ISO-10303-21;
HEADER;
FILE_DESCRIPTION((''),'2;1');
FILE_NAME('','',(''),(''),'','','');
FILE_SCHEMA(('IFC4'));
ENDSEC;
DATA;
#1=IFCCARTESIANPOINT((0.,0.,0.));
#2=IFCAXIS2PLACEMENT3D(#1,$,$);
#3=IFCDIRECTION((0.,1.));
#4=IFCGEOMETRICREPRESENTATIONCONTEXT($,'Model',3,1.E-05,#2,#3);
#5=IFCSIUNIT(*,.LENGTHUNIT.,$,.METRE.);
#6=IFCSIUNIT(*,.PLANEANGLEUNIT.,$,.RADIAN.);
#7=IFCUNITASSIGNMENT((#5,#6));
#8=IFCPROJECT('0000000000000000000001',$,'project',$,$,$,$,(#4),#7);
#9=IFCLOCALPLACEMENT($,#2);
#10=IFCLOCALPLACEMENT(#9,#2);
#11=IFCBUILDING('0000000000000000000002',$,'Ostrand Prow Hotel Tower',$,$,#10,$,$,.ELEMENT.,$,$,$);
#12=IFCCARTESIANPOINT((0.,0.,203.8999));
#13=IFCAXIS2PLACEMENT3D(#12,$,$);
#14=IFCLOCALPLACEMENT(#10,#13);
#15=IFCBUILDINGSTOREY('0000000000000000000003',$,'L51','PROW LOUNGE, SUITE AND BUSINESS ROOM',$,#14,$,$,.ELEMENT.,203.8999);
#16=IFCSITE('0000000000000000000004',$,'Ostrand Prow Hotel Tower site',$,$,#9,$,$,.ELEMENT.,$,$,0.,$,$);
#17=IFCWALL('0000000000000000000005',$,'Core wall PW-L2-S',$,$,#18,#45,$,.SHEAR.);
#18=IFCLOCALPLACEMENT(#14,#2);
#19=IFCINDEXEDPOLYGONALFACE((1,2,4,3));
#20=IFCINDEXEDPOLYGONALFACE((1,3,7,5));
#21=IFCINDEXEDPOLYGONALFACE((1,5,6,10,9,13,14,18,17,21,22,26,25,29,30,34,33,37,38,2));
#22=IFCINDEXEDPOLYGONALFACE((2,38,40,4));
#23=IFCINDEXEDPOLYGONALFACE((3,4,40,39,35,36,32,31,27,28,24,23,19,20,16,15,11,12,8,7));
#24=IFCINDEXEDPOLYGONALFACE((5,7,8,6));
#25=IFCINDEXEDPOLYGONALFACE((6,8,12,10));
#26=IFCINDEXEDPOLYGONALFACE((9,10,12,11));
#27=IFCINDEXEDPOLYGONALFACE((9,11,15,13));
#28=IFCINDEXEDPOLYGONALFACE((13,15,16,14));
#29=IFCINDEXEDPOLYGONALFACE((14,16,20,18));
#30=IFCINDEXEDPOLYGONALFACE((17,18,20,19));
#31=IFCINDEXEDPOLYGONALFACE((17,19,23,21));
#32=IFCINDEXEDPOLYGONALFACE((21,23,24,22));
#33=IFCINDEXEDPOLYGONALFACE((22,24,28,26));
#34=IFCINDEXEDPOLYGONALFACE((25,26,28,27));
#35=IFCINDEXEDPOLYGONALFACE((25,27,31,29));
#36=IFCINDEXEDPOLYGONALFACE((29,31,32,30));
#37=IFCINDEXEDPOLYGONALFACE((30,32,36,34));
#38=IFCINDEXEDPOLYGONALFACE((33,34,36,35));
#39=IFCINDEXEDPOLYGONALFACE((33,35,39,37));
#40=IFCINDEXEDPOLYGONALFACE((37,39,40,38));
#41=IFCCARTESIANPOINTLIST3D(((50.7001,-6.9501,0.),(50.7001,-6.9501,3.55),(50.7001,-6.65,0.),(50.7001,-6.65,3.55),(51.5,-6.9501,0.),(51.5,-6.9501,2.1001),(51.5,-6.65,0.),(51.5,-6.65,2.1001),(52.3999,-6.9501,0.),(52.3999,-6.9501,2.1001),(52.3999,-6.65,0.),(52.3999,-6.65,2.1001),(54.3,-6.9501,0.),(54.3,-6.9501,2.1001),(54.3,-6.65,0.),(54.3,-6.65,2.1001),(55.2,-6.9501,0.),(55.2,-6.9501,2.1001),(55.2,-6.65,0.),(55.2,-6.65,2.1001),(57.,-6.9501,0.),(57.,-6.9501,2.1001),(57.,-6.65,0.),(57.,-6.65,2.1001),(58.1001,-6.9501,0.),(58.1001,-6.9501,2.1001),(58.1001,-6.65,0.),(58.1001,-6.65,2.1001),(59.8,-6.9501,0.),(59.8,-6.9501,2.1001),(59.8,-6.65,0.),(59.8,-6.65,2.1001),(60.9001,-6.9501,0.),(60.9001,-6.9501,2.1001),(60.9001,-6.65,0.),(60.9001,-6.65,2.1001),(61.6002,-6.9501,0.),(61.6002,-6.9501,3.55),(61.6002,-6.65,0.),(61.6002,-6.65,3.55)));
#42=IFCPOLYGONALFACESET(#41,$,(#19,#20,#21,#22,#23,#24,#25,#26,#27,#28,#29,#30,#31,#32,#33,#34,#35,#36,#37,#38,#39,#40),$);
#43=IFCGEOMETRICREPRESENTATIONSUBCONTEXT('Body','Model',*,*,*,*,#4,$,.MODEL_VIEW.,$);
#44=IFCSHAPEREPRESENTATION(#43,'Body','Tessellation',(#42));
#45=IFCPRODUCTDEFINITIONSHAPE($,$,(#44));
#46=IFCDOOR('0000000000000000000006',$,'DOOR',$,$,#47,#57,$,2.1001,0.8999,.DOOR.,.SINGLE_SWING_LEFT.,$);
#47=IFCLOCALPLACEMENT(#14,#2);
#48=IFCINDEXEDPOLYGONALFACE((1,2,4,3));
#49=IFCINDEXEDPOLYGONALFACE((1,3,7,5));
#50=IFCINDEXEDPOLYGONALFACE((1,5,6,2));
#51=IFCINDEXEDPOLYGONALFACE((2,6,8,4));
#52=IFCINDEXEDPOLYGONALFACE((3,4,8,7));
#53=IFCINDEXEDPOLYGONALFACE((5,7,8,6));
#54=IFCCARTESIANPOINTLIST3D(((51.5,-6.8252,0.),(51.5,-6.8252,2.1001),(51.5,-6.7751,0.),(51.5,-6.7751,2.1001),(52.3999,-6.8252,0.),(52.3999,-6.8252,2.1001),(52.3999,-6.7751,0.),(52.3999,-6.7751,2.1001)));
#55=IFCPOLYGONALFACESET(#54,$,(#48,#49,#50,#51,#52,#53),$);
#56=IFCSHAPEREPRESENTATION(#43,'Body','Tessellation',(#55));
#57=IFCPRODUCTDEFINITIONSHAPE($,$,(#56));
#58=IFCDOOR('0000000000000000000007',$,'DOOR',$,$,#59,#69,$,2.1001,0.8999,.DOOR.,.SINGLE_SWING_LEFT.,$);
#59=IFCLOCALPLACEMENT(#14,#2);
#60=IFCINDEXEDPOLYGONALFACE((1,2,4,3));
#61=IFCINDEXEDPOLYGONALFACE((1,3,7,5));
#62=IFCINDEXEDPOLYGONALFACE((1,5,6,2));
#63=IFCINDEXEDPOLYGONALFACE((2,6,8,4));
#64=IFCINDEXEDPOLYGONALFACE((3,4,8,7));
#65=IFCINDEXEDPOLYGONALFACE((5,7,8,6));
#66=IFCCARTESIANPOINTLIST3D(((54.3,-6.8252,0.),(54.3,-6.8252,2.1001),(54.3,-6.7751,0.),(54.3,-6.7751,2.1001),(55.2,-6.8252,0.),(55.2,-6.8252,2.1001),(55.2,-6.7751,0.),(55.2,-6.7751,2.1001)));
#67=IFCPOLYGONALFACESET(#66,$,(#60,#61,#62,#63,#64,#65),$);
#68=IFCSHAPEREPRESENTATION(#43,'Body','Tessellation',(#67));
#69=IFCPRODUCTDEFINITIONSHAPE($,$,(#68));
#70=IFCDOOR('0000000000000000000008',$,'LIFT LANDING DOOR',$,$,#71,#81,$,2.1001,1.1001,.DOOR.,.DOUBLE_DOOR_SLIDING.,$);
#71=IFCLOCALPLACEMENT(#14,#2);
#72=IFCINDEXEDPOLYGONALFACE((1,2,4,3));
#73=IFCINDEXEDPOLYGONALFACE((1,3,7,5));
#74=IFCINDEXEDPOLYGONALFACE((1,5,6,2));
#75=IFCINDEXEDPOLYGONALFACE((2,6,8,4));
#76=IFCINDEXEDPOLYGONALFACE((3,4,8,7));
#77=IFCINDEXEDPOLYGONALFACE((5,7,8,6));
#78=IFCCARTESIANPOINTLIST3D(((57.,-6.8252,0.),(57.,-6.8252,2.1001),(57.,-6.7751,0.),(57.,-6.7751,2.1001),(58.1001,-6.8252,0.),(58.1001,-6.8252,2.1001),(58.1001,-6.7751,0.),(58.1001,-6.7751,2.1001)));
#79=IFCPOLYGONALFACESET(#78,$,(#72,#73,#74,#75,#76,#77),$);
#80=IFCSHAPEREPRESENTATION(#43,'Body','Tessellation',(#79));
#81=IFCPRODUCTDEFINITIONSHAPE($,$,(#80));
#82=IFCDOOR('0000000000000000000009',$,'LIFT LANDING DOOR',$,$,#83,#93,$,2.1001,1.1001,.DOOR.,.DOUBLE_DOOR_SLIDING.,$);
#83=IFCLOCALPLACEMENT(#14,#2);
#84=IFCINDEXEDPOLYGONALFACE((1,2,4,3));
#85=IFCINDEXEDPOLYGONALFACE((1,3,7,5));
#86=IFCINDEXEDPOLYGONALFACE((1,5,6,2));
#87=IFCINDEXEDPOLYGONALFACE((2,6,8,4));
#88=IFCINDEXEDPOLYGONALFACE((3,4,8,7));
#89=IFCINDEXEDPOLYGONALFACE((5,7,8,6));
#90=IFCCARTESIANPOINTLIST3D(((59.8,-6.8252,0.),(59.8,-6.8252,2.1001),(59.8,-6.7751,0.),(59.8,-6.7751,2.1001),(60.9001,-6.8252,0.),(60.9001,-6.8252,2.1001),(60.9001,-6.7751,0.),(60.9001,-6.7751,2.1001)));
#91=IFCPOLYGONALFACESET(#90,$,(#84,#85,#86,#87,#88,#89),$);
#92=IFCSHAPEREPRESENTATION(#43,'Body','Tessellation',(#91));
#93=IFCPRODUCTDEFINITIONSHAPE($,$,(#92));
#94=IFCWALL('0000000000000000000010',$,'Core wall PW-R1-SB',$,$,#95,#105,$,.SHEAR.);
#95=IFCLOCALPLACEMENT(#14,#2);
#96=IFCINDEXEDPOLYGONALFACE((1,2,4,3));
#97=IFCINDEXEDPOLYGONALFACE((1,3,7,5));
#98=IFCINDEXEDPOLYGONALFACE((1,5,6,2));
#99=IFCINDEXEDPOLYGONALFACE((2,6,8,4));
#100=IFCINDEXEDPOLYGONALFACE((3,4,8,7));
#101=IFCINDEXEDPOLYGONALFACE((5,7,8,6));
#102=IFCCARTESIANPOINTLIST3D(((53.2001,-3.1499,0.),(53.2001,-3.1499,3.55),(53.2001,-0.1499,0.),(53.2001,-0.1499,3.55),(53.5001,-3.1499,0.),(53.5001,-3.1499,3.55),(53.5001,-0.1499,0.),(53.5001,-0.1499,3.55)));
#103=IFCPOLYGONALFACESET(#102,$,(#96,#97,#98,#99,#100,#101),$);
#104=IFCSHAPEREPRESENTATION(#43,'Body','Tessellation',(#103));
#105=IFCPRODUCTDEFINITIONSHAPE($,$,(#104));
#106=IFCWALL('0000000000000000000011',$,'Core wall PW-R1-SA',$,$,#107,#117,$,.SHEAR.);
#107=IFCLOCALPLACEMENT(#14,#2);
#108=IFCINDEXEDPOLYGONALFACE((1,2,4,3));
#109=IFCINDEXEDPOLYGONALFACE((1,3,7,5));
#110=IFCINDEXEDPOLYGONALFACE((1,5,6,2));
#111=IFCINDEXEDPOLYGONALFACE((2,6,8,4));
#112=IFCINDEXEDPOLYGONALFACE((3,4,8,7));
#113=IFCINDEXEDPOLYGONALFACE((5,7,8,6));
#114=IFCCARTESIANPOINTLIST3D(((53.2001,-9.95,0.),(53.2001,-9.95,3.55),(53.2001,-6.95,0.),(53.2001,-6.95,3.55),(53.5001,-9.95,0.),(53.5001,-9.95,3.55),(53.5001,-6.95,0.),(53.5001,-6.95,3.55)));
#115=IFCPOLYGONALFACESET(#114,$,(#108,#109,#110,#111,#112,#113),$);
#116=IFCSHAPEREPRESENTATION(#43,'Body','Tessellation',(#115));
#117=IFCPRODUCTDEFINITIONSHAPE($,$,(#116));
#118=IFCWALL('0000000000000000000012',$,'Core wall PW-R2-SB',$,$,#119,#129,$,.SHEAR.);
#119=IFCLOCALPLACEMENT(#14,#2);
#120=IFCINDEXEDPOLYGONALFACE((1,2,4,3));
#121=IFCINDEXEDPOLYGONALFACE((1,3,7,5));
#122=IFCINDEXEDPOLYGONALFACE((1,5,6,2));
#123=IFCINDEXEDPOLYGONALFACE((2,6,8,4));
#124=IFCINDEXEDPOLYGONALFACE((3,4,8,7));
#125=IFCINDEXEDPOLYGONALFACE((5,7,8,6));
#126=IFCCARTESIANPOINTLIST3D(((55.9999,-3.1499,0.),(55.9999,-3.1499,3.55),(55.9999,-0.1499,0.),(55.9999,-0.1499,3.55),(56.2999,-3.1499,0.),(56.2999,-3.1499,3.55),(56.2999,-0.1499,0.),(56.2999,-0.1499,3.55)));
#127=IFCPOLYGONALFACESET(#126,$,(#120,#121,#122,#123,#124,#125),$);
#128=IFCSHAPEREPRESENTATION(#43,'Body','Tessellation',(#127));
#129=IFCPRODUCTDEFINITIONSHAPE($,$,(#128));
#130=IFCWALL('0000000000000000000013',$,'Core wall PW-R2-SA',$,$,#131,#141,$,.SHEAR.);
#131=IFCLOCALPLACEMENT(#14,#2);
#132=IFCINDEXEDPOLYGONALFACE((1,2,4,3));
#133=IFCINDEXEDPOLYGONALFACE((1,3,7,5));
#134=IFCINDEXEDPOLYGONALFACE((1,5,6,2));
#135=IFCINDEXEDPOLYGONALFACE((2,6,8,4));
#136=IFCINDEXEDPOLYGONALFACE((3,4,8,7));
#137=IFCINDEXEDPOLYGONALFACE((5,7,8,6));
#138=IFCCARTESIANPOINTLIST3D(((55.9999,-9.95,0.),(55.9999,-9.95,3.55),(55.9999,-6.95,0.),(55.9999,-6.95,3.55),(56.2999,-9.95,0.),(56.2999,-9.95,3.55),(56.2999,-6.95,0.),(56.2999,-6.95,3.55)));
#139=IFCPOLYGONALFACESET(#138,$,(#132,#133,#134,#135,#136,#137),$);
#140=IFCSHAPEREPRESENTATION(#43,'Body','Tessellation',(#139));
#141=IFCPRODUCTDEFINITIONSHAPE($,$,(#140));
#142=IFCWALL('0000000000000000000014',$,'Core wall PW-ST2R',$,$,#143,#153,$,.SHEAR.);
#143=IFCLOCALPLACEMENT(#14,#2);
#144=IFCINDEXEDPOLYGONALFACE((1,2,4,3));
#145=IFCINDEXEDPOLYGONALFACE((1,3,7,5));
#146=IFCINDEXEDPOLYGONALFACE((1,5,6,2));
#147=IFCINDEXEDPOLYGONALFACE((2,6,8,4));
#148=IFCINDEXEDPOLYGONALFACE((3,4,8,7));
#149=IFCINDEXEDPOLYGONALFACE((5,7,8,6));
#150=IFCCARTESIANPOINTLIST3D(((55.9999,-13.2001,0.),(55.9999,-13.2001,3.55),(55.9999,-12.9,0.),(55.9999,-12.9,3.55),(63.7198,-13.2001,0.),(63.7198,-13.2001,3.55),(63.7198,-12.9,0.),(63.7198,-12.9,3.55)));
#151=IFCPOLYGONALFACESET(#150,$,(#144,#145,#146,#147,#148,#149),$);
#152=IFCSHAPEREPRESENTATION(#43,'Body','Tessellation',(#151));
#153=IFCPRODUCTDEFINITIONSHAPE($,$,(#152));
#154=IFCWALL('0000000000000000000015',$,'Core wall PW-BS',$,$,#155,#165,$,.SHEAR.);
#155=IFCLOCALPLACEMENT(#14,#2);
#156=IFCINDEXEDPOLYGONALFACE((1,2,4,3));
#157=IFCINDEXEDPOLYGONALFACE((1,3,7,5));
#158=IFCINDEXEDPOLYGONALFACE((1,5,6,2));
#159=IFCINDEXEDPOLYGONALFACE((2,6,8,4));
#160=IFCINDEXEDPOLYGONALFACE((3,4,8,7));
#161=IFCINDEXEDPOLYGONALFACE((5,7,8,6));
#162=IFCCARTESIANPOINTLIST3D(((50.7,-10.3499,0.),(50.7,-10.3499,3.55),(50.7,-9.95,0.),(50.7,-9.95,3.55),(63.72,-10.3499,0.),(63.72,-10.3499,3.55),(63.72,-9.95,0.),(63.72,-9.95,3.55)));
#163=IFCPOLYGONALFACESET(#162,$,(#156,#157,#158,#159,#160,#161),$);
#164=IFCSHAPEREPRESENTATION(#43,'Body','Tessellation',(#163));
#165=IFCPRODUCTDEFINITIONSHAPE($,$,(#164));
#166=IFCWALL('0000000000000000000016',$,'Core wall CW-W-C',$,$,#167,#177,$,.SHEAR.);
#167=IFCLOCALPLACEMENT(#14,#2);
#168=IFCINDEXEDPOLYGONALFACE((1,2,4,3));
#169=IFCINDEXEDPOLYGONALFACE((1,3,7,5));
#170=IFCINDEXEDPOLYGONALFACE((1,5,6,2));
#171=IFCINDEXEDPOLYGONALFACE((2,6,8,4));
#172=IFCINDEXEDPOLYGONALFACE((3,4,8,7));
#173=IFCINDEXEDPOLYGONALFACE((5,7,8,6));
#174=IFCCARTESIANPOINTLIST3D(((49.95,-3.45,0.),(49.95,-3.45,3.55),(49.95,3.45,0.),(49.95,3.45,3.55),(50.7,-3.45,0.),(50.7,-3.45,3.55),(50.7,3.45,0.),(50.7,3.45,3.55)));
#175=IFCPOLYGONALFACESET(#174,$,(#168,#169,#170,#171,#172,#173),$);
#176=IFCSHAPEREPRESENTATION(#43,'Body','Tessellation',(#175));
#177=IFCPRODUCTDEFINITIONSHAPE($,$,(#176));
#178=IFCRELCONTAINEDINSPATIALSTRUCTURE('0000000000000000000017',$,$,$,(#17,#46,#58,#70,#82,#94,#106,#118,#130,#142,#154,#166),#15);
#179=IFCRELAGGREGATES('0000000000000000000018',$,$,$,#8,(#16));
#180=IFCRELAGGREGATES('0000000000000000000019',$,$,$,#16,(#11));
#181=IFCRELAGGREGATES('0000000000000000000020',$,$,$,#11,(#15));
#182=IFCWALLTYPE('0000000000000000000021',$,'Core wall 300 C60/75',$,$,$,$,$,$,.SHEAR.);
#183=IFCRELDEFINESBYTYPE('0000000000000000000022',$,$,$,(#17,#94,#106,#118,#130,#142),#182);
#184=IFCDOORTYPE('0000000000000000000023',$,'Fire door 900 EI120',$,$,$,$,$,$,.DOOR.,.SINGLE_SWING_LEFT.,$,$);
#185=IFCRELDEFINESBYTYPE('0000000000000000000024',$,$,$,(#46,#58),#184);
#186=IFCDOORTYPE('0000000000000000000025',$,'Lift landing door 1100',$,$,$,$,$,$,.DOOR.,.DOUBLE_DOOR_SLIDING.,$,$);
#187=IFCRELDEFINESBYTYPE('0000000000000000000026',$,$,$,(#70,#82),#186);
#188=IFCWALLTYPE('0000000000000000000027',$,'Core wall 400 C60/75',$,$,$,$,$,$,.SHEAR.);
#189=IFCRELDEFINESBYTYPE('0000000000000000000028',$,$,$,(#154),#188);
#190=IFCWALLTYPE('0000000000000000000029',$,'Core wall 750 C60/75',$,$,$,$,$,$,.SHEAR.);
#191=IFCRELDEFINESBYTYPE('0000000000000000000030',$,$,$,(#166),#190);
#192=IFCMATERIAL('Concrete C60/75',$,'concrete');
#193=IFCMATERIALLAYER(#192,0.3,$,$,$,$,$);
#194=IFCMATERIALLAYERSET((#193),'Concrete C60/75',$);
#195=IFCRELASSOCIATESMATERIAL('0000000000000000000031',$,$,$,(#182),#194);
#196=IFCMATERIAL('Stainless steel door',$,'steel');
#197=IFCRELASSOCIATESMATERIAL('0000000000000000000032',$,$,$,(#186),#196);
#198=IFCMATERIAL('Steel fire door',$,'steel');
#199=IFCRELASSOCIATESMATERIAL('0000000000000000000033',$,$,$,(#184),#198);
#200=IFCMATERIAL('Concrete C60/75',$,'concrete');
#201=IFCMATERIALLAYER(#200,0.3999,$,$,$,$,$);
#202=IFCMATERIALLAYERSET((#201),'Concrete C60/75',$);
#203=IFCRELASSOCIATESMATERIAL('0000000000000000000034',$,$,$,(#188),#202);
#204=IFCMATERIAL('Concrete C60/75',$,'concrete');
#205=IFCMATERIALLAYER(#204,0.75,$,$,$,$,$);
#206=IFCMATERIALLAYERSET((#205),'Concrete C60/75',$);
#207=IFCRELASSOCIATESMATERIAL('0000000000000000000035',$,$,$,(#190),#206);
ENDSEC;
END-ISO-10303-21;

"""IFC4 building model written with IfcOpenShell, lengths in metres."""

from ifc_helpers import new_model, si_unit, direction, frame, frame_2d, origin, place, context, subcontext, project, spatial, rectangle, extrude, material, layer, layer_set, type_object, element, fill, save


model = new_model("IFC4")

# Units and contexts
model_context = context("Model", 3, precision=1e-05, world=origin(), true_north=direction((0.0, 1.0)))
body_context = subcontext(model_context, "Body", "Model", "MODEL_VIEW")
ifc_project = project(units=[si_unit("LENGTHUNIT", "METRE"), si_unit("PLANEANGLEUNIT", "RADIAN")], contexts=[model_context])

# Site, building, storey
site_placement = place(None, origin())
site = spatial("IfcSite", under=ifc_project, at=site_placement, Name="Ostrand Prow Hotel Tower site", CompositionType="ELEMENT", RefElevation=0.0)
building_placement = place(site_placement, origin())
building = spatial("IfcBuilding", under=site, at=building_placement, Name="Ostrand Prow Hotel Tower", CompositionType="ELEMENT")
storey_placement = place(building_placement, frame((0.0, 0.0, 203.8999)))
storey = spatial("IfcBuildingStorey", under=building, at=storey_placement, Name="L51", Description="PROW LOUNGE, SUITE AND BUSINESS ROOM", CompositionType="ELEMENT", Elevation=203.8999)

# Shared definitions
ifc_material_1 = material(Name="Concrete C60/75", Category="concrete")
ifc_layer_1 = layer(ifc_material_1, 0.3)
ifc_layer_set_1 = layer_set([ifc_layer_1], Name="Concrete C60/75")
wall_type_1 = type_object("IfcWallType", Name="Core wall 300 C60/75", PredefinedType="SHEAR", material=ifc_layer_set_1)

# Shared definitions
ifc_material_2 = material(Name="Stainless steel door", Category="steel")
door_type_1 = type_object("IfcDoorType", Name="Lift landing door 1100", OperationType="DOUBLE_DOOR_SLIDING", PredefinedType="DOOR", material=ifc_material_2)

# Wall, openings, doors
wall_1_placement = place(storey_placement, frame((50.7, -6.8, 0.0), z_axis=(0.0, 0.0, 1.0), x_axis=(1.0, 0.0, 0.0)))
wall_1 = element("IfcWall", 1, at=wall_1_placement, inside=storey, type_object=wall_type_1, Name="Core wall PW-L2-S", PredefinedType="SHEAR", context=body_context, shape_type="SweptSolid", body=[
    extrude(rectangle(XDim=10.9001, YDim=0.3, at=frame_2d((5.4502, 0.0))), origin(), (0.0, 0.0, 1.0), 3.55),
])
opening_1_placement = place(wall_1_placement, frame((6.3, 0.0, 0.0)))
opening_1 = element("IfcOpeningElement", 2, at=opening_1_placement, cuts=wall_1, PredefinedType="OPENING", context=body_context, shape_type="SweptSolid", body=[
    extrude(rectangle(XDim=1.1001, YDim=2.1001, at=frame_2d((0.55, 1.05))), frame((0.0, 0.1599, 0.0), z_axis=(0.0, -1.0, 0.0), x_axis=(1.0, 0.0, 0.0)), (0.0, 0.0, 1.0), 0.3201),
])
opening_2_placement = place(wall_1_placement, frame((9.1001, 0.0, 0.0)))
opening_2 = element("IfcOpeningElement", 3, at=opening_2_placement, cuts=wall_1, PredefinedType="OPENING", context=body_context, shape_type="SweptSolid", body=[
    extrude(rectangle(XDim=1.1001, YDim=2.1001, at=frame_2d((0.55, 1.05))), frame((0.0, 0.1599, 0.0), z_axis=(0.0, -1.0, 0.0), x_axis=(1.0, 0.0, 0.0)), (0.0, 0.0, 1.0), 0.3201),
])
opening_3_placement = place(wall_1_placement, frame((0.8, 0.0, 0.0)))
opening_3 = element("IfcOpeningElement", 4, at=opening_3_placement, cuts=wall_1, PredefinedType="OPENING", context=body_context, shape_type="SweptSolid", body=[
    extrude(rectangle(XDim=0.8999, YDim=2.1001, at=frame_2d((0.45, 1.05))), frame((0.0, 0.1599, 0.0), z_axis=(0.0, -1.0, 0.0), x_axis=(1.0, 0.0, 0.0)), (0.0, 0.0, 1.0), 0.3201),
])
opening_4_placement = place(wall_1_placement, frame((3.6001, 0.0, 0.0)))
opening_4 = element("IfcOpeningElement", 5, at=opening_4_placement, cuts=wall_1, PredefinedType="OPENING", context=body_context, shape_type="SweptSolid", body=[
    extrude(rectangle(XDim=0.8999, YDim=2.1001, at=frame_2d((0.45, 1.05))), frame((0.0, 0.1599, 0.0), z_axis=(0.0, -1.0, 0.0), x_axis=(1.0, 0.0, 0.0)), (0.0, 0.0, 1.0), 0.3201),
])
ifc_material_3 = material(Name="Steel fire door", Category="steel")
door_type_2 = type_object("IfcDoorType", Name="Fire door 900 EI120", OperationType="SINGLE_SWING_LEFT", PredefinedType="DOOR", material=ifc_material_3)
door_1_placement = place(opening_3_placement, origin())
door_1 = element("IfcDoor", 6, at=door_1_placement, inside=storey, type_object=door_type_2, Name="DOOR", OperationType="SINGLE_SWING_LEFT", OverallHeight=2.1001, OverallWidth=0.8999, PredefinedType="DOOR", context=body_context, shape_type="SweptSolid", body=[
    extrude(rectangle(XDim=0.8999, YDim=2.1001, at=frame_2d((0.45, 1.05))), frame((0.0, 0.0249, 0.0), z_axis=(0.0, -1.0, 0.0), x_axis=(1.0, 0.0, 0.0)), (0.0, 0.0, 1.0), 0.05),
])
fill(opening_3, door_1)
door_2_placement = place(opening_4_placement, origin())
door_2 = element("IfcDoor", 7, at=door_2_placement, inside=storey, type_object=door_type_2, Name="DOOR", OperationType="SINGLE_SWING_LEFT", OverallHeight=2.1001, OverallWidth=0.8999, PredefinedType="DOOR", context=body_context, shape_type="SweptSolid", body=[
    extrude(rectangle(XDim=0.8999, YDim=2.1001, at=frame_2d((0.45, 1.05))), frame((0.0, 0.0249, 0.0), z_axis=(0.0, -1.0, 0.0), x_axis=(1.0, 0.0, 0.0)), (0.0, 0.0, 1.0), 0.05),
])
fill(opening_4, door_2)
door_3_placement = place(opening_1_placement, origin())
door_3 = element("IfcDoor", 8, at=door_3_placement, inside=storey, type_object=door_type_1, Name="LIFT LANDING DOOR", OperationType="DOUBLE_DOOR_SLIDING", OverallHeight=2.1001, OverallWidth=1.1001, PredefinedType="DOOR", context=body_context, shape_type="SweptSolid", body=[
    extrude(rectangle(XDim=1.1001, YDim=2.1001, at=frame_2d((0.55, 1.05))), frame((0.0, 0.0249, 0.0), z_axis=(0.0, -1.0, 0.0), x_axis=(1.0, 0.0, 0.0)), (0.0, 0.0, 1.0), 0.05),
])
fill(opening_1, door_3)
door_4_placement = place(opening_2_placement, origin())
door_4 = element("IfcDoor", 9, at=door_4_placement, inside=storey, type_object=door_type_1, Name="LIFT LANDING DOOR", OperationType="DOUBLE_DOOR_SLIDING", OverallHeight=2.1001, OverallWidth=1.1001, PredefinedType="DOOR", context=body_context, shape_type="SweptSolid", body=[
    extrude(rectangle(XDim=1.1001, YDim=2.1001, at=frame_2d((0.55, 1.05))), frame((0.0, 0.0249, 0.0), z_axis=(0.0, -1.0, 0.0), x_axis=(1.0, 0.0, 0.0)), (0.0, 0.0, 1.0), 0.05),
])
fill(opening_2, door_4)

# Walls
for number, where, z_axis, x_axis, name in (
    (10, (53.3501, -3.1499, 0.0), (0.0, 0.0, 1.0), (0.0, 1.0, 0.0), "Core wall PW-R1-SB"),
    (11, (53.3501, -9.95, 0.0), (0.0, 0.0, 1.0), (0.0, 1.0, 0.0), "Core wall PW-R1-SA"),
    (12, (56.1499, -3.1499, 0.0), (0.0, 0.0, 1.0), (0.0, 1.0, 0.0), "Core wall PW-R2-SB"),
    (13, (56.1499, -9.95, 0.0), (0.0, 0.0, 1.0), (0.0, 1.0, 0.0), "Core wall PW-R2-SA"),
):
    element("IfcWall", number, at=place(storey_placement, frame(where, z_axis=z_axis, x_axis=x_axis)), inside=storey, type_object=wall_type_1, Name=name, PredefinedType="SHEAR", context=body_context, shape_type="SweptSolid", body=[
        extrude(rectangle(XDim=3.0, YDim=0.3, at=frame_2d((1.5, 0.0))), origin(), (0.0, 0.0, 1.0), 3.55),
    ])
wall_2_placement = place(storey_placement, frame((56.0, -13.05, 0.0), z_axis=(0.0, 0.0, 1.0), x_axis=(1.0, 0.0, 0.0)))
element("IfcWall", 14, at=wall_2_placement, inside=storey, type_object=wall_type_1, Name="Core wall PW-ST2R", PredefinedType="SHEAR", context=body_context, shape_type="SweptSolid", body=[
    extrude(rectangle(XDim=7.72, YDim=0.3, at=frame_2d((3.8599, 0.0))), origin(), (0.0, 0.0, 1.0), 3.55),
])
ifc_material_4 = material(Name="Concrete C60/75", Category="concrete")
ifc_layer_2 = layer(ifc_material_4, 0.3999)
ifc_layer_set_2 = layer_set([ifc_layer_2], Name="Concrete C60/75")
wall_type_2 = type_object("IfcWallType", Name="Core wall 400 C60/75", PredefinedType="SHEAR", material=ifc_layer_set_2)
wall_3_placement = place(storey_placement, frame((50.7, -10.1499, 0.0), z_axis=(0.0, 0.0, 1.0), x_axis=(1.0, 0.0, 0.0)))
element("IfcWall", 15, at=wall_3_placement, inside=storey, type_object=wall_type_2, Name="Core wall PW-BS", PredefinedType="SHEAR", context=body_context, shape_type="SweptSolid", body=[
    extrude(rectangle(XDim=13.02, YDim=0.3999, at=frame_2d((6.51, 0.0))), origin(), (0.0, 0.0, 1.0), 3.55),
])
ifc_material_5 = material(Name="Concrete C60/75", Category="concrete")
ifc_layer_3 = layer(ifc_material_5, 0.75)
ifc_layer_set_3 = layer_set([ifc_layer_3], Name="Concrete C60/75")
wall_type_3 = type_object("IfcWallType", Name="Core wall 750 C60/75", PredefinedType="SHEAR", material=ifc_layer_set_3)
wall_4_placement = place(storey_placement, frame((50.325, -3.45, 0.0), z_axis=(0.0, 0.0, 1.0), x_axis=(0.0, 1.0, 0.0)))
element("IfcWall", 16, at=wall_4_placement, inside=storey, type_object=wall_type_3, Name="Core wall CW-W-C", PredefinedType="SHEAR", context=body_context, shape_type="SweptSolid", body=[
    extrude(rectangle(XDim=6.8999, YDim=0.75, at=frame_2d((3.45, 0.0))), origin(), (0.0, 0.0, 1.0), 3.55),
])

save(model, "model.ifc")
